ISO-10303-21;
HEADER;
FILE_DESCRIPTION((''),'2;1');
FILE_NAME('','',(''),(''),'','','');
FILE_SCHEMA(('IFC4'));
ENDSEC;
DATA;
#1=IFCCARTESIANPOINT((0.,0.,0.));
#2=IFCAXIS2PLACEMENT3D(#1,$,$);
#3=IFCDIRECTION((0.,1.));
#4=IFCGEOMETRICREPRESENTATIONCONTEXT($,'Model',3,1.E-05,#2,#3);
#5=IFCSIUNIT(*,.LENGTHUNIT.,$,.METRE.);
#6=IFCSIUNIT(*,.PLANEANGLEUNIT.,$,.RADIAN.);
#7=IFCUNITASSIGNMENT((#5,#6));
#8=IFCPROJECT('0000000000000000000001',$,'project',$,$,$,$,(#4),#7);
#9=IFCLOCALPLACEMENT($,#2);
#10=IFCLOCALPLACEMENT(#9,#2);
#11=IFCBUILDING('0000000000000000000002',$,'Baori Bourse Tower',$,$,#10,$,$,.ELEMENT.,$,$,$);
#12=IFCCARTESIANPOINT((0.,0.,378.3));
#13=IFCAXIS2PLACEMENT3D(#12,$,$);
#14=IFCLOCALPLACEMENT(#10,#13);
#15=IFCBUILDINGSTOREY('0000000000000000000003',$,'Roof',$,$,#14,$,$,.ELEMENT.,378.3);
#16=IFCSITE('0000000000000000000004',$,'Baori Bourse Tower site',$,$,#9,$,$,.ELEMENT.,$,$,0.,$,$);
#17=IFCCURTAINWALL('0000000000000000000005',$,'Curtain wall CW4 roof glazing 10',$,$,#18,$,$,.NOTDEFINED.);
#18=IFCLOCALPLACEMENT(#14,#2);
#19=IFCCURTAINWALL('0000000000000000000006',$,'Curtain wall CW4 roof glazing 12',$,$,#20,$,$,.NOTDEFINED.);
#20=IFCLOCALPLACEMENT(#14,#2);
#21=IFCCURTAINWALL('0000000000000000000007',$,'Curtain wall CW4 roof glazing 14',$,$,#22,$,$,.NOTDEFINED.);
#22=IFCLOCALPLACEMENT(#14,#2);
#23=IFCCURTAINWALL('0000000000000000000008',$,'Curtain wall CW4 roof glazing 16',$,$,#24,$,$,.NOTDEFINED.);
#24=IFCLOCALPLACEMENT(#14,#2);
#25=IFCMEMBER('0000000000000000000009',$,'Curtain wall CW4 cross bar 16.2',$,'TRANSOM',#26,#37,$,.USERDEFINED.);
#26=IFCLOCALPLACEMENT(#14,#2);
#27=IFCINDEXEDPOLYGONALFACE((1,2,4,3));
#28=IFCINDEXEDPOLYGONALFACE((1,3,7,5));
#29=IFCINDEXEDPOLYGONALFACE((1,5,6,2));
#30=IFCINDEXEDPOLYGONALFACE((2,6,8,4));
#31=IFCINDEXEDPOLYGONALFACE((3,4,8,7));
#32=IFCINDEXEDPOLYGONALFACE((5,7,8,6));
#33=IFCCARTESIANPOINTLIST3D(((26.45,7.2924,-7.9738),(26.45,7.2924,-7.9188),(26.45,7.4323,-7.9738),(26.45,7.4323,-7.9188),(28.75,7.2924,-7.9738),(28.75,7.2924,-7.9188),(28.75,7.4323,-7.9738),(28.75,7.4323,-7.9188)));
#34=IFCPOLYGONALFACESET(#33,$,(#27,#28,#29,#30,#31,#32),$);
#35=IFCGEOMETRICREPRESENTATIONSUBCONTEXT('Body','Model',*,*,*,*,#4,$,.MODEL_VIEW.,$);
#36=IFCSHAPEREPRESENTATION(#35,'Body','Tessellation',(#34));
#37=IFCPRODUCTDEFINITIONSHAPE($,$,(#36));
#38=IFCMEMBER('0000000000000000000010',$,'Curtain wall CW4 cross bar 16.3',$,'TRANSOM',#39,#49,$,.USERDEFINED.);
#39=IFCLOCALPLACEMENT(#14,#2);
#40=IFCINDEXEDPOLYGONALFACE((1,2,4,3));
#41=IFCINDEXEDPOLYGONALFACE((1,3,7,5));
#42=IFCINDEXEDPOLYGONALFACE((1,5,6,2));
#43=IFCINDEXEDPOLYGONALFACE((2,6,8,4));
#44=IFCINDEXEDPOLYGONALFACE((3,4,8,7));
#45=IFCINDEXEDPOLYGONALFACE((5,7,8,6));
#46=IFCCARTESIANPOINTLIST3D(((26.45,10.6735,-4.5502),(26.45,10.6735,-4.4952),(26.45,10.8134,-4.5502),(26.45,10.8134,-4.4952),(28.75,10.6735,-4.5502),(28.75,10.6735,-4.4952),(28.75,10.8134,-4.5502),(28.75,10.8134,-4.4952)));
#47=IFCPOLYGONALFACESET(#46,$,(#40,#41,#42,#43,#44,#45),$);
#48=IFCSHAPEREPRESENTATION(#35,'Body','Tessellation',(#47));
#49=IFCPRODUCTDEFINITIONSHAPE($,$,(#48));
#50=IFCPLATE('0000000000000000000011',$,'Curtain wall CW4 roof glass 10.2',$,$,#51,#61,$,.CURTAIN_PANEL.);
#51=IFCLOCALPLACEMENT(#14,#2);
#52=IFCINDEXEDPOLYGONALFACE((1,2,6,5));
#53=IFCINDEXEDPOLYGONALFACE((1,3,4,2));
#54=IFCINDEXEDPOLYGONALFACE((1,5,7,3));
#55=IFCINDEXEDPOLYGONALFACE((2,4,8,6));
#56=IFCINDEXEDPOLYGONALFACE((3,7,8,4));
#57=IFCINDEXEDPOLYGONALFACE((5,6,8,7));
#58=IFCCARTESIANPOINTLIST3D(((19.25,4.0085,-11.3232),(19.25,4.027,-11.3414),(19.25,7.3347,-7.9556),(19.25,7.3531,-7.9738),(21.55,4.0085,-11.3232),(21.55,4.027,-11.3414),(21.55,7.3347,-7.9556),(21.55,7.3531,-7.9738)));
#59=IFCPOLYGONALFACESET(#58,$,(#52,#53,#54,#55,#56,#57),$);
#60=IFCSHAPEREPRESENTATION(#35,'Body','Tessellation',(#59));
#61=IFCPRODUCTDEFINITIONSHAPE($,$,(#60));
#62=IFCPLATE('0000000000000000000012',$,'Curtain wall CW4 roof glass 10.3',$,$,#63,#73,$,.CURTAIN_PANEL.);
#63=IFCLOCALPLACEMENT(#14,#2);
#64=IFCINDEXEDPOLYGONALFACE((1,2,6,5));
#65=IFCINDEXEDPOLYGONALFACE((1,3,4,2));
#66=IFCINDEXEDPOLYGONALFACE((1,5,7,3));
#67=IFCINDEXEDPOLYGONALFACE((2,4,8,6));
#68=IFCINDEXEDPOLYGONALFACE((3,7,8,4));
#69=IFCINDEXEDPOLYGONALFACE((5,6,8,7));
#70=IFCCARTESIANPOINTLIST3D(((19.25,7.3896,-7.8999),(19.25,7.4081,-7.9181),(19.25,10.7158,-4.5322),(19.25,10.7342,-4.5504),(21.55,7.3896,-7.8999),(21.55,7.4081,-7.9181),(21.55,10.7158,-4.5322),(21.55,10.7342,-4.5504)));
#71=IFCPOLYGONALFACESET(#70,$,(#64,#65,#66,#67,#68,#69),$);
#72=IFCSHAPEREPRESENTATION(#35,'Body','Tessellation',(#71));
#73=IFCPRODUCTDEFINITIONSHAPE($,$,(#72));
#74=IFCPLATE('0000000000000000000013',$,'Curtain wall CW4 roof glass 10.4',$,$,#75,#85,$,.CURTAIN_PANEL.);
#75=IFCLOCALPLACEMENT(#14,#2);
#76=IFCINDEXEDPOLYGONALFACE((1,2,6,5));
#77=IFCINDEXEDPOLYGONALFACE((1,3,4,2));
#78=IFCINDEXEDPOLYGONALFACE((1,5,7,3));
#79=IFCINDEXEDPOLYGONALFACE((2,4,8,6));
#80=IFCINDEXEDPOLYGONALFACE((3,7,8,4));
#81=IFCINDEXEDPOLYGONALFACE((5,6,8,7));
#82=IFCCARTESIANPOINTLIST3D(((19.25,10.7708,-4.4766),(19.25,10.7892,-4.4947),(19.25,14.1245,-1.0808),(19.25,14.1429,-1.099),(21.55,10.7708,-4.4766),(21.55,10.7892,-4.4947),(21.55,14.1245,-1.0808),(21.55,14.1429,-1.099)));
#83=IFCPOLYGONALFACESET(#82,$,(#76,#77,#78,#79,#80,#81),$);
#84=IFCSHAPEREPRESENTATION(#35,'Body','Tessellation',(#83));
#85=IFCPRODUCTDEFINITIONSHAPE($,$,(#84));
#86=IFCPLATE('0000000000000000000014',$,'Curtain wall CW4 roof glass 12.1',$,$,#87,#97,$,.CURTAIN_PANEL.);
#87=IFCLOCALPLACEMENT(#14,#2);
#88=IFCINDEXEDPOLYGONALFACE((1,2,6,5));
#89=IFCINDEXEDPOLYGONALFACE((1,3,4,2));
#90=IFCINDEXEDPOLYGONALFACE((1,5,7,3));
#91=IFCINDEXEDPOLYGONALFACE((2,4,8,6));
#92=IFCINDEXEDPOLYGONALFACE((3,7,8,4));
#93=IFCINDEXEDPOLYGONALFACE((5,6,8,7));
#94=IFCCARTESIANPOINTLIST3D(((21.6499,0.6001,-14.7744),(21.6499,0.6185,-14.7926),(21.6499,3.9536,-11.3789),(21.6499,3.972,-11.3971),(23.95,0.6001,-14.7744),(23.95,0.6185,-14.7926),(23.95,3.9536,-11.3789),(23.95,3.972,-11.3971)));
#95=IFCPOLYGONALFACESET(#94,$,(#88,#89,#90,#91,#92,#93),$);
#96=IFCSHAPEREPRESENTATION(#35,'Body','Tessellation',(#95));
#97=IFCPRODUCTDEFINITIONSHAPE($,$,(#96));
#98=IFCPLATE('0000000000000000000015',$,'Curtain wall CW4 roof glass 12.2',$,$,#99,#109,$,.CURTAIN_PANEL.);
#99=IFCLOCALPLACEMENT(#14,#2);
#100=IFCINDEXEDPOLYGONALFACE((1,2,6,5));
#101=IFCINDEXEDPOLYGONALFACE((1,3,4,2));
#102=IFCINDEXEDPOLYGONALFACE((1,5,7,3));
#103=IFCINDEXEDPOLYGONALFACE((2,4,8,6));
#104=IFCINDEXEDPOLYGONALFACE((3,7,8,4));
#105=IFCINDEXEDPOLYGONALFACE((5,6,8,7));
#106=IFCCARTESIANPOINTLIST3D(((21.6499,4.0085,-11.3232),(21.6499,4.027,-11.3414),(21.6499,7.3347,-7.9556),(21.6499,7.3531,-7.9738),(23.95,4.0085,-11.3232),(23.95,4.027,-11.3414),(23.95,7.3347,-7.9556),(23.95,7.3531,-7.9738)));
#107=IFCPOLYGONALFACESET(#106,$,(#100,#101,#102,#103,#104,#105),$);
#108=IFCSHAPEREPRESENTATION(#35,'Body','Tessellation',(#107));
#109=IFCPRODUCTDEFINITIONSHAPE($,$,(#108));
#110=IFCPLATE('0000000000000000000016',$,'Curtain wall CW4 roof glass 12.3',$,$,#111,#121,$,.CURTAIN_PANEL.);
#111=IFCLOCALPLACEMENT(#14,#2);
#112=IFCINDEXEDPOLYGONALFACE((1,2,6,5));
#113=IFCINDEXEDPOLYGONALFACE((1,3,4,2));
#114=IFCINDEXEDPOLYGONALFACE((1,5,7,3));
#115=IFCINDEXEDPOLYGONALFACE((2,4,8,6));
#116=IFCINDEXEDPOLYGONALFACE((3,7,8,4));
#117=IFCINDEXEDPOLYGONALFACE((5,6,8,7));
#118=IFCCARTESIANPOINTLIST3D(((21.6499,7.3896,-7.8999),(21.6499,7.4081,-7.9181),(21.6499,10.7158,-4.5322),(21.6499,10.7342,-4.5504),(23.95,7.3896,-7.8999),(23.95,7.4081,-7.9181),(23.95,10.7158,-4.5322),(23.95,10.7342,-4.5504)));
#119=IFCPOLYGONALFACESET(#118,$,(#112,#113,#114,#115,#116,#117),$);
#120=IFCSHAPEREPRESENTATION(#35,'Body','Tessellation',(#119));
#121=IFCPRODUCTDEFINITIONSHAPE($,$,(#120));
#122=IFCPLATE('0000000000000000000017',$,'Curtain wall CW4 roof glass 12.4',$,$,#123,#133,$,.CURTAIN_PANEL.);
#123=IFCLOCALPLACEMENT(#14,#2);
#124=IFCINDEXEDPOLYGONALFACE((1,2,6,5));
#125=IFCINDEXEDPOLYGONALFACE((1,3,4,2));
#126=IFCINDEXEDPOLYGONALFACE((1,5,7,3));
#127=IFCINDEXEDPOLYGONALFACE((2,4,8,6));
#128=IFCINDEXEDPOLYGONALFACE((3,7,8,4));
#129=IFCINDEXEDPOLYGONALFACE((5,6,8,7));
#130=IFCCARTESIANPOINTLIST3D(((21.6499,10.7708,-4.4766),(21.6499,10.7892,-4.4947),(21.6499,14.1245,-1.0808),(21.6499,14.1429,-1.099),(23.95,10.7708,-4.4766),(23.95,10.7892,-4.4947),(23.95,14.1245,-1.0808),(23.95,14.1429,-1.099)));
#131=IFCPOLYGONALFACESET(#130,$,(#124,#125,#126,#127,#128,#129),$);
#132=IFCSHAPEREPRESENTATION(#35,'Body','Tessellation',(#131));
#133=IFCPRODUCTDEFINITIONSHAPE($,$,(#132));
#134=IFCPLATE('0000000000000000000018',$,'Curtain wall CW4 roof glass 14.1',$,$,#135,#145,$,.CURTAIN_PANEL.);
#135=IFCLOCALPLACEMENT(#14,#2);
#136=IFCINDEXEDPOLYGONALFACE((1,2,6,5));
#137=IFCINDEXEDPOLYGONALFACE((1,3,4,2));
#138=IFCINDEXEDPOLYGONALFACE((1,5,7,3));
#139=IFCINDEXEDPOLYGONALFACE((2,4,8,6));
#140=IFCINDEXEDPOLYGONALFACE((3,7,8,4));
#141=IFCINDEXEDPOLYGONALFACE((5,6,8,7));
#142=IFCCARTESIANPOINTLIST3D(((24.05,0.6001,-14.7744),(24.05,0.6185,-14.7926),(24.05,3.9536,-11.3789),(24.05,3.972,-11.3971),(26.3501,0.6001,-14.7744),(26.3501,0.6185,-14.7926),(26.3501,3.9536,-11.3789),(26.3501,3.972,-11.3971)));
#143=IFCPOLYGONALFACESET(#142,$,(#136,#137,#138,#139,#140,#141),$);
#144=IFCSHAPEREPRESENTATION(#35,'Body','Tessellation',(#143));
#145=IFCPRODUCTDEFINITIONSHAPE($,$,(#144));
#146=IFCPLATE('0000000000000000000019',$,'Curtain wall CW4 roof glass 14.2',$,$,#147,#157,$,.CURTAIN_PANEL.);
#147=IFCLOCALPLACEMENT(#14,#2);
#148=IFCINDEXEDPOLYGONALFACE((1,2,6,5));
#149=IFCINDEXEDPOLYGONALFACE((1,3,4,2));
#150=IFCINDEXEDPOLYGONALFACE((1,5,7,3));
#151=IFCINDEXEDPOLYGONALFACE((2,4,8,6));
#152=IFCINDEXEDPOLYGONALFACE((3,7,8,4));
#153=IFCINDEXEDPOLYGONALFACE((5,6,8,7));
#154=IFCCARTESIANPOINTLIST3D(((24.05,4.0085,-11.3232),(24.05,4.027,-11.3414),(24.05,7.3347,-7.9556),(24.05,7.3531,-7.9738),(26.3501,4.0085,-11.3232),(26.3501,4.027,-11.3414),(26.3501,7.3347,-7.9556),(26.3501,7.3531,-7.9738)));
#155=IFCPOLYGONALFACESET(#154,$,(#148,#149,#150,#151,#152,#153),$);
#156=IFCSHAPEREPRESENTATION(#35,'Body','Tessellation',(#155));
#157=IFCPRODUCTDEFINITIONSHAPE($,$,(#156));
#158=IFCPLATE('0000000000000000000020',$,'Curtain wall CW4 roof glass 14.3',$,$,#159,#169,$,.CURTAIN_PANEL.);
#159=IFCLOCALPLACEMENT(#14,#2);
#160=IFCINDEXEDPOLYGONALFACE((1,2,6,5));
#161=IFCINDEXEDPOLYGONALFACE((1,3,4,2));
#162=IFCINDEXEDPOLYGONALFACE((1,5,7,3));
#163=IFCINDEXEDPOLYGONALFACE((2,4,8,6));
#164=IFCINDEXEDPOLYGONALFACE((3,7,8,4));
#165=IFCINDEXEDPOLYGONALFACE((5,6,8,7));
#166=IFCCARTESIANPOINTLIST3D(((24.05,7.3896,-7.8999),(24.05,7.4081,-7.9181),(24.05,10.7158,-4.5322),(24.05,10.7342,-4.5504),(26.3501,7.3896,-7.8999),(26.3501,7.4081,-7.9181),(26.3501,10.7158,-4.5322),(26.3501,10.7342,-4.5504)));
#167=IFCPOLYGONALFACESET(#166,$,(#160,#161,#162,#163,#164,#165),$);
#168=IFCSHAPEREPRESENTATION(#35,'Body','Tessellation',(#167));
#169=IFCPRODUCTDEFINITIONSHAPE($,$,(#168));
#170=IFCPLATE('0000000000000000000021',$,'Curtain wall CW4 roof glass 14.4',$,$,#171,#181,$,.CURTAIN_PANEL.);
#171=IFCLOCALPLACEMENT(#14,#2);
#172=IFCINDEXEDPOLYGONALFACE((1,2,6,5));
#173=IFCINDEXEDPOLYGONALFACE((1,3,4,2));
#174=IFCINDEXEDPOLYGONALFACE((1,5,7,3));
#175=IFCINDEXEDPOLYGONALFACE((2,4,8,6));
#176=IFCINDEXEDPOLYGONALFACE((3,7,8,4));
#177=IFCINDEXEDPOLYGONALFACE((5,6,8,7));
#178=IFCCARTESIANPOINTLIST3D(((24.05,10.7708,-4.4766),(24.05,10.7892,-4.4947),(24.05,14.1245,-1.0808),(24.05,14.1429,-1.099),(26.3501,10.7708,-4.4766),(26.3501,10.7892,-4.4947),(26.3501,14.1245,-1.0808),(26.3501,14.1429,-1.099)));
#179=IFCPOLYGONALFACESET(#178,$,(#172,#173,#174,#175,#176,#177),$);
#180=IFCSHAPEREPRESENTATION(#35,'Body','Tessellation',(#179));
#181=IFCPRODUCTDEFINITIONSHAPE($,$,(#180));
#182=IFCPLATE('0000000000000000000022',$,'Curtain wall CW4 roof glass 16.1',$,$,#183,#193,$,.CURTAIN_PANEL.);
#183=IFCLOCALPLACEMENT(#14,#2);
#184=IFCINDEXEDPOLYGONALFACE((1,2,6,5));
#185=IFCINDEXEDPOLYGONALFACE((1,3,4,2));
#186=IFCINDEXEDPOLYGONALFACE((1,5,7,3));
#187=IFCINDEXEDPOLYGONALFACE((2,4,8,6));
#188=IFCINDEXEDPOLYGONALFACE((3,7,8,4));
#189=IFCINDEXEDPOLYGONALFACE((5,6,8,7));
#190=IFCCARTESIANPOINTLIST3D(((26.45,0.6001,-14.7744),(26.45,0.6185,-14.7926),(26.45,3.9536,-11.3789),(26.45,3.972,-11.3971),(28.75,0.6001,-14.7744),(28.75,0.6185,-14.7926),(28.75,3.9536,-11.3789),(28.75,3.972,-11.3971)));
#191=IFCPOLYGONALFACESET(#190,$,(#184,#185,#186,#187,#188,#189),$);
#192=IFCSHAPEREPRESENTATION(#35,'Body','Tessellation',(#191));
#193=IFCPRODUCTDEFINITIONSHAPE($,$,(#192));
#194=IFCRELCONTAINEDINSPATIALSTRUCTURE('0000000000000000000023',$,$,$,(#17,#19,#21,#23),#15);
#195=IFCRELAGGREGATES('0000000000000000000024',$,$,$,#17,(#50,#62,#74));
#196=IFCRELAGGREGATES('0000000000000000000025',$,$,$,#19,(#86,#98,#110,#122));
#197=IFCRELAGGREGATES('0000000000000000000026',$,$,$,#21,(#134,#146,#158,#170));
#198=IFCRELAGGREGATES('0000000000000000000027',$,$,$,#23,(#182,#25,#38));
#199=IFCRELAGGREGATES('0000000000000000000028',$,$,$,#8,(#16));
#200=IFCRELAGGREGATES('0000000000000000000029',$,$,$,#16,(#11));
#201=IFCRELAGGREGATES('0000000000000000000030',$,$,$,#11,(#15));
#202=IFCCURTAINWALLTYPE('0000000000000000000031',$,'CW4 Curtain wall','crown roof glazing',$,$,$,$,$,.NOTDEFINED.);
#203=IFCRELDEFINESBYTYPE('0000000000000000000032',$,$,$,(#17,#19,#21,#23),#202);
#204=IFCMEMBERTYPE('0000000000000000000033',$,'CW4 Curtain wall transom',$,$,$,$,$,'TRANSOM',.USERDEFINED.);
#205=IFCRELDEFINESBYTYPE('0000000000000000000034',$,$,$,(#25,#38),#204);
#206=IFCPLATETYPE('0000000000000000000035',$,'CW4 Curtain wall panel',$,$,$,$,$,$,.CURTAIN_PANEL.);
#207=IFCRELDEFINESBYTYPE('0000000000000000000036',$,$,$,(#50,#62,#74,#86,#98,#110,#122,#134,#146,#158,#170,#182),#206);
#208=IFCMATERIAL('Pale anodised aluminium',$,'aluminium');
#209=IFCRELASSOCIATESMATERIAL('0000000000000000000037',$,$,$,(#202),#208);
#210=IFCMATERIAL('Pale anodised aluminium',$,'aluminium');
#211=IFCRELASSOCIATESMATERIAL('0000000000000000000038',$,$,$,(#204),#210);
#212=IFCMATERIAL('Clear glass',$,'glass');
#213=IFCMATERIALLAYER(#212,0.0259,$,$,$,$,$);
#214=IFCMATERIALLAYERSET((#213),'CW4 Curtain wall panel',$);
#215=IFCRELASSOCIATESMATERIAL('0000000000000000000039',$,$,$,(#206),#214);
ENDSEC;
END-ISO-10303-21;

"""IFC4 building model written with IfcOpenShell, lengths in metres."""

from ifc_helpers import new_model, si_unit, direction, frame, origin, origin_2d, place, context, subcontext, project, spatial, polyline, rectangle, outline, extrude, material, layer, layer_set, material_profile, profile_set, type_object, element, aggregate, save


model = new_model("IFC4")

# Units and contexts
model_context = context("Model", 3, precision=1e-05, world=origin(), true_north=direction((0.0, 1.0)))
body_context = subcontext(model_context, "Body", "Model", "MODEL_VIEW")
ifc_project = project(units=[si_unit("LENGTHUNIT", "METRE"), si_unit("PLANEANGLEUNIT", "RADIAN")], contexts=[model_context])

# Site, building, storey
site_placement = place(None, origin())
site = spatial("IfcSite", under=ifc_project, at=site_placement, Name="Baori Bourse Tower site", CompositionType="ELEMENT", RefElevation=0.0)
building_placement = place(site_placement, origin())
building = spatial("IfcBuilding", under=site, at=building_placement, Name="Baori Bourse Tower", CompositionType="ELEMENT")
storey_placement = place(building_placement, frame((0.0, 0.0, 378.3)))
storey = spatial("IfcBuildingStorey", under=building, at=storey_placement, Name="Roof", CompositionType="ELEMENT", Elevation=378.3)

# Curtain wall
ifc_material_1 = material(Name="Pale anodised aluminium", Category="aluminium")
curtain_wall_type = type_object("IfcCurtainWallType", Name="CW4 Curtain wall", Description="crown roof glazing", PredefinedType="NOTDEFINED", material=ifc_material_1)
curtain_wall_1_placement = place(storey_placement, origin())
curtain_wall_1 = element("IfcCurtainWall", 1, at=curtain_wall_1_placement, inside=storey, type_object=curtain_wall_type, Name="Curtain wall CW4 roof glazing 10", PredefinedType="NOTDEFINED")

# Curtain walls
curtain_wall_2_placement = place(storey_placement, origin())
curtain_wall_2 = element("IfcCurtainWall", 2, at=curtain_wall_2_placement, inside=storey, type_object=curtain_wall_type, Name="Curtain wall CW4 roof glazing 12", PredefinedType="NOTDEFINED")
curtain_wall_3_placement = place(storey_placement, origin())
curtain_wall_3 = element("IfcCurtainWall", 3, at=curtain_wall_3_placement, inside=storey, type_object=curtain_wall_type, Name="Curtain wall CW4 roof glazing 14", PredefinedType="NOTDEFINED")

# Curtain wall
curtain_wall_4_placement = place(storey_placement, origin())
curtain_wall_4 = element("IfcCurtainWall", 4, at=curtain_wall_4_placement, inside=storey, type_object=curtain_wall_type, Name="Curtain wall CW4 roof glazing 16", PredefinedType="NOTDEFINED")

# Members
ifc_material_2 = material(Name="Pale anodised aluminium", Category="aluminium")
ifc_material_profile_1 = material_profile(ifc_material_2, rectangle(XDim=0.1399, YDim=0.0549, at=origin_2d()), Name="Transom 55x140")
ifc_profile_set_1 = profile_set([ifc_material_profile_1], Name="Pale anodised aluminium")
member_type_1 = type_object("IfcMemberType", Name="CW4 Curtain wall transom", ElementType="TRANSOM", PredefinedType="USERDEFINED", material=ifc_profile_set_1)
member_1_placement = place(storey_placement, frame((26.45, 7.3623, -7.9463), z_axis=(1.0, 0.0, 0.0), x_axis=(0.0, 1.0, 0.0)))
member_1 = element("IfcMember", 5, at=member_1_placement, type_object=member_type_1, Name="Curtain wall CW4 cross bar 16.2", ObjectType="TRANSOM", PredefinedType="USERDEFINED", context=body_context, shape_type="SweptSolid", body=[
    extrude(rectangle(XDim=0.1399, YDim=0.0549, at=origin_2d()), origin(), (0.0, 0.0, 1.0), 2.3),
])
member_2_placement = place(storey_placement, frame((26.45, 10.7434, -4.5227), z_axis=(1.0, 0.0, 0.0), x_axis=(0.0, 1.0, 0.0)))
member_2 = element("IfcMember", 6, at=member_2_placement, type_object=member_type_1, Name="Curtain wall CW4 cross bar 16.3", ObjectType="TRANSOM", PredefinedType="USERDEFINED", context=body_context, shape_type="SweptSolid", body=[
    extrude(rectangle(XDim=0.1399, YDim=0.0549, at=origin_2d()), origin(), (0.0, 0.0, 1.0), 2.3),
])

# Plates
ifc_material_3 = material(Name="Clear glass", Category="glass")
ifc_layer = layer(ifc_material_3, 0.0259)
ifc_layer_set = layer_set([ifc_layer], Name="CW4 Curtain wall panel")
plate_type = type_object("IfcPlateType", Name="CW4 Curtain wall panel", PredefinedType="CURTAIN_PANEL", material=ifc_layer_set)
plate_1_placement = place(storey_placement, frame((19.25, 4.0085, -11.3232), z_axis=(0.0, -0.711477, 0.702709), x_axis=(1.0, 0.0, 0.0)))
plate_1 = element("IfcPlate", 7, at=plate_1_placement, type_object=plate_type, Name="Curtain wall CW4 roof glass 10.2", PredefinedType="CURTAIN_PANEL", context=body_context, shape_type="SweptSolid", body=[
    extrude(outline(polyline([(0.0, 0.0), (2.3, 0.0), (2.3, 4.7334), (0.0, 4.7334), (0.0, 0.0)])), origin(), (0.0, 0.0, -1.0), 0.0259),
])
plate_2_placement = place(storey_placement, frame((19.25, 7.3896, -7.8999), z_axis=(0.0, -0.711477, 0.702709), x_axis=(1.0, 0.0, 0.0)))
plate_2 = element("IfcPlate", 8, at=plate_2_placement, type_object=plate_type, Name="Curtain wall CW4 roof glass 10.3", PredefinedType="CURTAIN_PANEL", context=body_context, shape_type="SweptSolid", body=[
    extrude(outline(polyline([(0.0, 0.0), (2.3, 0.0), (2.3, 4.7334), (0.0, 4.7334), (0.0, 0.0)])), origin(), (0.0, 0.0, -1.0), 0.0259),
])
plate_3_placement = place(storey_placement, frame((19.25, 10.7708, -4.4766), z_axis=(0.0, -0.711492, 0.702694), x_axis=(1.0, 0.0, 0.0)))
plate_3 = element("IfcPlate", 9, at=plate_3_placement, type_object=plate_type, Name="Curtain wall CW4 roof glass 10.4", PredefinedType="CURTAIN_PANEL", context=body_context, shape_type="SweptSolid", body=[
    extrude(outline(polyline([(0.0, 0.0), (2.3, 0.0), (2.3, 4.7727), (0.0, 4.7727), (0.0, 0.0)])), origin(), (0.0, 0.0, -1.0), 0.0259),
])
aggregate(curtain_wall_1, [plate_1, plate_2, plate_3])
plate_4_placement = place(storey_placement, frame((21.6499, 0.6001, -14.7744), z_axis=(0.0, -0.711493, 0.702694), x_axis=(1.0, 0.0, 0.0)))
plate_4 = element("IfcPlate", 10, at=plate_4_placement, type_object=plate_type, Name="Curtain wall CW4 roof glass 12.1", PredefinedType="CURTAIN_PANEL", context=body_context, shape_type="SweptSolid", body=[
    extrude(outline(polyline([(0.0, 0.0), (2.3, 0.0), (2.3, 4.7724), (0.0, 4.7724), (0.0, 0.0)])), origin(), (0.0, 0.0, -1.0), 0.0259),
])
plate_5_placement = place(storey_placement, frame((21.6499, 4.0085, -11.3232), z_axis=(0.0, -0.711477, 0.702709), x_axis=(1.0, 0.0, 0.0)))
plate_5 = element("IfcPlate", 11, at=plate_5_placement, type_object=plate_type, Name="Curtain wall CW4 roof glass 12.2", PredefinedType="CURTAIN_PANEL", context=body_context, shape_type="SweptSolid", body=[
    extrude(outline(polyline([(0.0, 0.0), (2.3, 0.0), (2.3, 4.7334), (0.0, 4.7334), (0.0, 0.0)])), origin(), (0.0, 0.0, -1.0), 0.0259),
])
plate_6_placement = place(storey_placement, frame((21.6499, 7.3896, -7.8999), z_axis=(0.0, -0.711477, 0.702709), x_axis=(1.0, 0.0, 0.0)))
plate_6 = element("IfcPlate", 12, at=plate_6_placement, type_object=plate_type, Name="Curtain wall CW4 roof glass 12.3", PredefinedType="CURTAIN_PANEL", context=body_context, shape_type="SweptSolid", body=[
    extrude(outline(polyline([(0.0, 0.0), (2.3, 0.0), (2.3, 4.7334), (0.0, 4.7334), (0.0, 0.0)])), origin(), (0.0, 0.0, -1.0), 0.0259),
])
plate_7_placement = place(storey_placement, frame((21.6499, 10.7708, -4.4766), z_axis=(0.0, -0.711492, 0.702694), x_axis=(1.0, 0.0, 0.0)))
plate_7 = element("IfcPlate", 13, at=plate_7_placement, type_object=plate_type, Name="Curtain wall CW4 roof glass 12.4", PredefinedType="CURTAIN_PANEL", context=body_context, shape_type="SweptSolid", body=[
    extrude(outline(polyline([(0.0, 0.0), (2.3, 0.0), (2.3, 4.7727), (0.0, 4.7727), (0.0, 0.0)])), origin(), (0.0, 0.0, -1.0), 0.0259),
])
aggregate(curtain_wall_2, [plate_4, plate_5, plate_6, plate_7])
plate_8_placement = place(storey_placement, frame((24.05, 0.6001, -14.7744), z_axis=(0.0, -0.711493, 0.702694), x_axis=(1.0, 0.0, 0.0)))
plate_8 = element("IfcPlate", 14, at=plate_8_placement, type_object=plate_type, Name="Curtain wall CW4 roof glass 14.1", PredefinedType="CURTAIN_PANEL", context=body_context, shape_type="SweptSolid", body=[
    extrude(outline(polyline([(0.0, 0.0), (2.3, 0.0), (2.3, 4.7724), (0.0, 4.7724), (0.0, 0.0)])), origin(), (0.0, 0.0, -1.0), 0.0259),
])
plate_9_placement = place(storey_placement, frame((24.05, 4.0085, -11.3232), z_axis=(0.0, -0.711477, 0.702709), x_axis=(1.0, 0.0, 0.0)))
plate_9 = element("IfcPlate", 15, at=plate_9_placement, type_object=plate_type, Name="Curtain wall CW4 roof glass 14.2", PredefinedType="CURTAIN_PANEL", context=body_context, shape_type="SweptSolid", body=[
    extrude(outline(polyline([(0.0, 0.0), (2.3, 0.0), (2.3, 4.7334), (0.0, 4.7334), (0.0, 0.0)])), origin(), (0.0, 0.0, -1.0), 0.0259),
])
plate_10_placement = place(storey_placement, frame((24.05, 7.3896, -7.8999), z_axis=(0.0, -0.711477, 0.702709), x_axis=(1.0, 0.0, 0.0)))
plate_10 = element("IfcPlate", 16, at=plate_10_placement, type_object=plate_type, Name="Curtain wall CW4 roof glass 14.3", PredefinedType="CURTAIN_PANEL", context=body_context, shape_type="SweptSolid", body=[
    extrude(outline(polyline([(0.0, 0.0), (2.3, 0.0), (2.3, 4.7334), (0.0, 4.7334), (0.0, 0.0)])), origin(), (0.0, 0.0, -1.0), 0.0259),
])
plate_11_placement = place(storey_placement, frame((24.05, 10.7708, -4.4766), z_axis=(0.0, -0.711492, 0.702694), x_axis=(1.0, 0.0, 0.0)))
plate_11 = element("IfcPlate", 17, at=plate_11_placement, type_object=plate_type, Name="Curtain wall CW4 roof glass 14.4", PredefinedType="CURTAIN_PANEL", context=body_context, shape_type="SweptSolid", body=[
    extrude(outline(polyline([(0.0, 0.0), (2.3, 0.0), (2.3, 4.7727), (0.0, 4.7727), (0.0, 0.0)])), origin(), (0.0, 0.0, -1.0), 0.0259),
])
aggregate(curtain_wall_3, [plate_8, plate_9, plate_10, plate_11])
plate_12_placement = place(storey_placement, frame((26.45, 0.6001, -14.7744), z_axis=(0.0, -0.711493, 0.702694), x_axis=(1.0, 0.0, 0.0)))
plate_12 = element("IfcPlate", 18, at=plate_12_placement, type_object=plate_type, Name="Curtain wall CW4 roof glass 16.1", PredefinedType="CURTAIN_PANEL", context=body_context, shape_type="SweptSolid", body=[
    extrude(outline(polyline([(0.0, 0.0), (2.3, 0.0), (2.3, 4.7724), (0.0, 4.7724), (0.0, 0.0)])), origin(), (0.0, 0.0, -1.0), 0.0259),
])
aggregate(curtain_wall_4, [plate_12, member_1, member_2])

save(model, "model.ifc")
